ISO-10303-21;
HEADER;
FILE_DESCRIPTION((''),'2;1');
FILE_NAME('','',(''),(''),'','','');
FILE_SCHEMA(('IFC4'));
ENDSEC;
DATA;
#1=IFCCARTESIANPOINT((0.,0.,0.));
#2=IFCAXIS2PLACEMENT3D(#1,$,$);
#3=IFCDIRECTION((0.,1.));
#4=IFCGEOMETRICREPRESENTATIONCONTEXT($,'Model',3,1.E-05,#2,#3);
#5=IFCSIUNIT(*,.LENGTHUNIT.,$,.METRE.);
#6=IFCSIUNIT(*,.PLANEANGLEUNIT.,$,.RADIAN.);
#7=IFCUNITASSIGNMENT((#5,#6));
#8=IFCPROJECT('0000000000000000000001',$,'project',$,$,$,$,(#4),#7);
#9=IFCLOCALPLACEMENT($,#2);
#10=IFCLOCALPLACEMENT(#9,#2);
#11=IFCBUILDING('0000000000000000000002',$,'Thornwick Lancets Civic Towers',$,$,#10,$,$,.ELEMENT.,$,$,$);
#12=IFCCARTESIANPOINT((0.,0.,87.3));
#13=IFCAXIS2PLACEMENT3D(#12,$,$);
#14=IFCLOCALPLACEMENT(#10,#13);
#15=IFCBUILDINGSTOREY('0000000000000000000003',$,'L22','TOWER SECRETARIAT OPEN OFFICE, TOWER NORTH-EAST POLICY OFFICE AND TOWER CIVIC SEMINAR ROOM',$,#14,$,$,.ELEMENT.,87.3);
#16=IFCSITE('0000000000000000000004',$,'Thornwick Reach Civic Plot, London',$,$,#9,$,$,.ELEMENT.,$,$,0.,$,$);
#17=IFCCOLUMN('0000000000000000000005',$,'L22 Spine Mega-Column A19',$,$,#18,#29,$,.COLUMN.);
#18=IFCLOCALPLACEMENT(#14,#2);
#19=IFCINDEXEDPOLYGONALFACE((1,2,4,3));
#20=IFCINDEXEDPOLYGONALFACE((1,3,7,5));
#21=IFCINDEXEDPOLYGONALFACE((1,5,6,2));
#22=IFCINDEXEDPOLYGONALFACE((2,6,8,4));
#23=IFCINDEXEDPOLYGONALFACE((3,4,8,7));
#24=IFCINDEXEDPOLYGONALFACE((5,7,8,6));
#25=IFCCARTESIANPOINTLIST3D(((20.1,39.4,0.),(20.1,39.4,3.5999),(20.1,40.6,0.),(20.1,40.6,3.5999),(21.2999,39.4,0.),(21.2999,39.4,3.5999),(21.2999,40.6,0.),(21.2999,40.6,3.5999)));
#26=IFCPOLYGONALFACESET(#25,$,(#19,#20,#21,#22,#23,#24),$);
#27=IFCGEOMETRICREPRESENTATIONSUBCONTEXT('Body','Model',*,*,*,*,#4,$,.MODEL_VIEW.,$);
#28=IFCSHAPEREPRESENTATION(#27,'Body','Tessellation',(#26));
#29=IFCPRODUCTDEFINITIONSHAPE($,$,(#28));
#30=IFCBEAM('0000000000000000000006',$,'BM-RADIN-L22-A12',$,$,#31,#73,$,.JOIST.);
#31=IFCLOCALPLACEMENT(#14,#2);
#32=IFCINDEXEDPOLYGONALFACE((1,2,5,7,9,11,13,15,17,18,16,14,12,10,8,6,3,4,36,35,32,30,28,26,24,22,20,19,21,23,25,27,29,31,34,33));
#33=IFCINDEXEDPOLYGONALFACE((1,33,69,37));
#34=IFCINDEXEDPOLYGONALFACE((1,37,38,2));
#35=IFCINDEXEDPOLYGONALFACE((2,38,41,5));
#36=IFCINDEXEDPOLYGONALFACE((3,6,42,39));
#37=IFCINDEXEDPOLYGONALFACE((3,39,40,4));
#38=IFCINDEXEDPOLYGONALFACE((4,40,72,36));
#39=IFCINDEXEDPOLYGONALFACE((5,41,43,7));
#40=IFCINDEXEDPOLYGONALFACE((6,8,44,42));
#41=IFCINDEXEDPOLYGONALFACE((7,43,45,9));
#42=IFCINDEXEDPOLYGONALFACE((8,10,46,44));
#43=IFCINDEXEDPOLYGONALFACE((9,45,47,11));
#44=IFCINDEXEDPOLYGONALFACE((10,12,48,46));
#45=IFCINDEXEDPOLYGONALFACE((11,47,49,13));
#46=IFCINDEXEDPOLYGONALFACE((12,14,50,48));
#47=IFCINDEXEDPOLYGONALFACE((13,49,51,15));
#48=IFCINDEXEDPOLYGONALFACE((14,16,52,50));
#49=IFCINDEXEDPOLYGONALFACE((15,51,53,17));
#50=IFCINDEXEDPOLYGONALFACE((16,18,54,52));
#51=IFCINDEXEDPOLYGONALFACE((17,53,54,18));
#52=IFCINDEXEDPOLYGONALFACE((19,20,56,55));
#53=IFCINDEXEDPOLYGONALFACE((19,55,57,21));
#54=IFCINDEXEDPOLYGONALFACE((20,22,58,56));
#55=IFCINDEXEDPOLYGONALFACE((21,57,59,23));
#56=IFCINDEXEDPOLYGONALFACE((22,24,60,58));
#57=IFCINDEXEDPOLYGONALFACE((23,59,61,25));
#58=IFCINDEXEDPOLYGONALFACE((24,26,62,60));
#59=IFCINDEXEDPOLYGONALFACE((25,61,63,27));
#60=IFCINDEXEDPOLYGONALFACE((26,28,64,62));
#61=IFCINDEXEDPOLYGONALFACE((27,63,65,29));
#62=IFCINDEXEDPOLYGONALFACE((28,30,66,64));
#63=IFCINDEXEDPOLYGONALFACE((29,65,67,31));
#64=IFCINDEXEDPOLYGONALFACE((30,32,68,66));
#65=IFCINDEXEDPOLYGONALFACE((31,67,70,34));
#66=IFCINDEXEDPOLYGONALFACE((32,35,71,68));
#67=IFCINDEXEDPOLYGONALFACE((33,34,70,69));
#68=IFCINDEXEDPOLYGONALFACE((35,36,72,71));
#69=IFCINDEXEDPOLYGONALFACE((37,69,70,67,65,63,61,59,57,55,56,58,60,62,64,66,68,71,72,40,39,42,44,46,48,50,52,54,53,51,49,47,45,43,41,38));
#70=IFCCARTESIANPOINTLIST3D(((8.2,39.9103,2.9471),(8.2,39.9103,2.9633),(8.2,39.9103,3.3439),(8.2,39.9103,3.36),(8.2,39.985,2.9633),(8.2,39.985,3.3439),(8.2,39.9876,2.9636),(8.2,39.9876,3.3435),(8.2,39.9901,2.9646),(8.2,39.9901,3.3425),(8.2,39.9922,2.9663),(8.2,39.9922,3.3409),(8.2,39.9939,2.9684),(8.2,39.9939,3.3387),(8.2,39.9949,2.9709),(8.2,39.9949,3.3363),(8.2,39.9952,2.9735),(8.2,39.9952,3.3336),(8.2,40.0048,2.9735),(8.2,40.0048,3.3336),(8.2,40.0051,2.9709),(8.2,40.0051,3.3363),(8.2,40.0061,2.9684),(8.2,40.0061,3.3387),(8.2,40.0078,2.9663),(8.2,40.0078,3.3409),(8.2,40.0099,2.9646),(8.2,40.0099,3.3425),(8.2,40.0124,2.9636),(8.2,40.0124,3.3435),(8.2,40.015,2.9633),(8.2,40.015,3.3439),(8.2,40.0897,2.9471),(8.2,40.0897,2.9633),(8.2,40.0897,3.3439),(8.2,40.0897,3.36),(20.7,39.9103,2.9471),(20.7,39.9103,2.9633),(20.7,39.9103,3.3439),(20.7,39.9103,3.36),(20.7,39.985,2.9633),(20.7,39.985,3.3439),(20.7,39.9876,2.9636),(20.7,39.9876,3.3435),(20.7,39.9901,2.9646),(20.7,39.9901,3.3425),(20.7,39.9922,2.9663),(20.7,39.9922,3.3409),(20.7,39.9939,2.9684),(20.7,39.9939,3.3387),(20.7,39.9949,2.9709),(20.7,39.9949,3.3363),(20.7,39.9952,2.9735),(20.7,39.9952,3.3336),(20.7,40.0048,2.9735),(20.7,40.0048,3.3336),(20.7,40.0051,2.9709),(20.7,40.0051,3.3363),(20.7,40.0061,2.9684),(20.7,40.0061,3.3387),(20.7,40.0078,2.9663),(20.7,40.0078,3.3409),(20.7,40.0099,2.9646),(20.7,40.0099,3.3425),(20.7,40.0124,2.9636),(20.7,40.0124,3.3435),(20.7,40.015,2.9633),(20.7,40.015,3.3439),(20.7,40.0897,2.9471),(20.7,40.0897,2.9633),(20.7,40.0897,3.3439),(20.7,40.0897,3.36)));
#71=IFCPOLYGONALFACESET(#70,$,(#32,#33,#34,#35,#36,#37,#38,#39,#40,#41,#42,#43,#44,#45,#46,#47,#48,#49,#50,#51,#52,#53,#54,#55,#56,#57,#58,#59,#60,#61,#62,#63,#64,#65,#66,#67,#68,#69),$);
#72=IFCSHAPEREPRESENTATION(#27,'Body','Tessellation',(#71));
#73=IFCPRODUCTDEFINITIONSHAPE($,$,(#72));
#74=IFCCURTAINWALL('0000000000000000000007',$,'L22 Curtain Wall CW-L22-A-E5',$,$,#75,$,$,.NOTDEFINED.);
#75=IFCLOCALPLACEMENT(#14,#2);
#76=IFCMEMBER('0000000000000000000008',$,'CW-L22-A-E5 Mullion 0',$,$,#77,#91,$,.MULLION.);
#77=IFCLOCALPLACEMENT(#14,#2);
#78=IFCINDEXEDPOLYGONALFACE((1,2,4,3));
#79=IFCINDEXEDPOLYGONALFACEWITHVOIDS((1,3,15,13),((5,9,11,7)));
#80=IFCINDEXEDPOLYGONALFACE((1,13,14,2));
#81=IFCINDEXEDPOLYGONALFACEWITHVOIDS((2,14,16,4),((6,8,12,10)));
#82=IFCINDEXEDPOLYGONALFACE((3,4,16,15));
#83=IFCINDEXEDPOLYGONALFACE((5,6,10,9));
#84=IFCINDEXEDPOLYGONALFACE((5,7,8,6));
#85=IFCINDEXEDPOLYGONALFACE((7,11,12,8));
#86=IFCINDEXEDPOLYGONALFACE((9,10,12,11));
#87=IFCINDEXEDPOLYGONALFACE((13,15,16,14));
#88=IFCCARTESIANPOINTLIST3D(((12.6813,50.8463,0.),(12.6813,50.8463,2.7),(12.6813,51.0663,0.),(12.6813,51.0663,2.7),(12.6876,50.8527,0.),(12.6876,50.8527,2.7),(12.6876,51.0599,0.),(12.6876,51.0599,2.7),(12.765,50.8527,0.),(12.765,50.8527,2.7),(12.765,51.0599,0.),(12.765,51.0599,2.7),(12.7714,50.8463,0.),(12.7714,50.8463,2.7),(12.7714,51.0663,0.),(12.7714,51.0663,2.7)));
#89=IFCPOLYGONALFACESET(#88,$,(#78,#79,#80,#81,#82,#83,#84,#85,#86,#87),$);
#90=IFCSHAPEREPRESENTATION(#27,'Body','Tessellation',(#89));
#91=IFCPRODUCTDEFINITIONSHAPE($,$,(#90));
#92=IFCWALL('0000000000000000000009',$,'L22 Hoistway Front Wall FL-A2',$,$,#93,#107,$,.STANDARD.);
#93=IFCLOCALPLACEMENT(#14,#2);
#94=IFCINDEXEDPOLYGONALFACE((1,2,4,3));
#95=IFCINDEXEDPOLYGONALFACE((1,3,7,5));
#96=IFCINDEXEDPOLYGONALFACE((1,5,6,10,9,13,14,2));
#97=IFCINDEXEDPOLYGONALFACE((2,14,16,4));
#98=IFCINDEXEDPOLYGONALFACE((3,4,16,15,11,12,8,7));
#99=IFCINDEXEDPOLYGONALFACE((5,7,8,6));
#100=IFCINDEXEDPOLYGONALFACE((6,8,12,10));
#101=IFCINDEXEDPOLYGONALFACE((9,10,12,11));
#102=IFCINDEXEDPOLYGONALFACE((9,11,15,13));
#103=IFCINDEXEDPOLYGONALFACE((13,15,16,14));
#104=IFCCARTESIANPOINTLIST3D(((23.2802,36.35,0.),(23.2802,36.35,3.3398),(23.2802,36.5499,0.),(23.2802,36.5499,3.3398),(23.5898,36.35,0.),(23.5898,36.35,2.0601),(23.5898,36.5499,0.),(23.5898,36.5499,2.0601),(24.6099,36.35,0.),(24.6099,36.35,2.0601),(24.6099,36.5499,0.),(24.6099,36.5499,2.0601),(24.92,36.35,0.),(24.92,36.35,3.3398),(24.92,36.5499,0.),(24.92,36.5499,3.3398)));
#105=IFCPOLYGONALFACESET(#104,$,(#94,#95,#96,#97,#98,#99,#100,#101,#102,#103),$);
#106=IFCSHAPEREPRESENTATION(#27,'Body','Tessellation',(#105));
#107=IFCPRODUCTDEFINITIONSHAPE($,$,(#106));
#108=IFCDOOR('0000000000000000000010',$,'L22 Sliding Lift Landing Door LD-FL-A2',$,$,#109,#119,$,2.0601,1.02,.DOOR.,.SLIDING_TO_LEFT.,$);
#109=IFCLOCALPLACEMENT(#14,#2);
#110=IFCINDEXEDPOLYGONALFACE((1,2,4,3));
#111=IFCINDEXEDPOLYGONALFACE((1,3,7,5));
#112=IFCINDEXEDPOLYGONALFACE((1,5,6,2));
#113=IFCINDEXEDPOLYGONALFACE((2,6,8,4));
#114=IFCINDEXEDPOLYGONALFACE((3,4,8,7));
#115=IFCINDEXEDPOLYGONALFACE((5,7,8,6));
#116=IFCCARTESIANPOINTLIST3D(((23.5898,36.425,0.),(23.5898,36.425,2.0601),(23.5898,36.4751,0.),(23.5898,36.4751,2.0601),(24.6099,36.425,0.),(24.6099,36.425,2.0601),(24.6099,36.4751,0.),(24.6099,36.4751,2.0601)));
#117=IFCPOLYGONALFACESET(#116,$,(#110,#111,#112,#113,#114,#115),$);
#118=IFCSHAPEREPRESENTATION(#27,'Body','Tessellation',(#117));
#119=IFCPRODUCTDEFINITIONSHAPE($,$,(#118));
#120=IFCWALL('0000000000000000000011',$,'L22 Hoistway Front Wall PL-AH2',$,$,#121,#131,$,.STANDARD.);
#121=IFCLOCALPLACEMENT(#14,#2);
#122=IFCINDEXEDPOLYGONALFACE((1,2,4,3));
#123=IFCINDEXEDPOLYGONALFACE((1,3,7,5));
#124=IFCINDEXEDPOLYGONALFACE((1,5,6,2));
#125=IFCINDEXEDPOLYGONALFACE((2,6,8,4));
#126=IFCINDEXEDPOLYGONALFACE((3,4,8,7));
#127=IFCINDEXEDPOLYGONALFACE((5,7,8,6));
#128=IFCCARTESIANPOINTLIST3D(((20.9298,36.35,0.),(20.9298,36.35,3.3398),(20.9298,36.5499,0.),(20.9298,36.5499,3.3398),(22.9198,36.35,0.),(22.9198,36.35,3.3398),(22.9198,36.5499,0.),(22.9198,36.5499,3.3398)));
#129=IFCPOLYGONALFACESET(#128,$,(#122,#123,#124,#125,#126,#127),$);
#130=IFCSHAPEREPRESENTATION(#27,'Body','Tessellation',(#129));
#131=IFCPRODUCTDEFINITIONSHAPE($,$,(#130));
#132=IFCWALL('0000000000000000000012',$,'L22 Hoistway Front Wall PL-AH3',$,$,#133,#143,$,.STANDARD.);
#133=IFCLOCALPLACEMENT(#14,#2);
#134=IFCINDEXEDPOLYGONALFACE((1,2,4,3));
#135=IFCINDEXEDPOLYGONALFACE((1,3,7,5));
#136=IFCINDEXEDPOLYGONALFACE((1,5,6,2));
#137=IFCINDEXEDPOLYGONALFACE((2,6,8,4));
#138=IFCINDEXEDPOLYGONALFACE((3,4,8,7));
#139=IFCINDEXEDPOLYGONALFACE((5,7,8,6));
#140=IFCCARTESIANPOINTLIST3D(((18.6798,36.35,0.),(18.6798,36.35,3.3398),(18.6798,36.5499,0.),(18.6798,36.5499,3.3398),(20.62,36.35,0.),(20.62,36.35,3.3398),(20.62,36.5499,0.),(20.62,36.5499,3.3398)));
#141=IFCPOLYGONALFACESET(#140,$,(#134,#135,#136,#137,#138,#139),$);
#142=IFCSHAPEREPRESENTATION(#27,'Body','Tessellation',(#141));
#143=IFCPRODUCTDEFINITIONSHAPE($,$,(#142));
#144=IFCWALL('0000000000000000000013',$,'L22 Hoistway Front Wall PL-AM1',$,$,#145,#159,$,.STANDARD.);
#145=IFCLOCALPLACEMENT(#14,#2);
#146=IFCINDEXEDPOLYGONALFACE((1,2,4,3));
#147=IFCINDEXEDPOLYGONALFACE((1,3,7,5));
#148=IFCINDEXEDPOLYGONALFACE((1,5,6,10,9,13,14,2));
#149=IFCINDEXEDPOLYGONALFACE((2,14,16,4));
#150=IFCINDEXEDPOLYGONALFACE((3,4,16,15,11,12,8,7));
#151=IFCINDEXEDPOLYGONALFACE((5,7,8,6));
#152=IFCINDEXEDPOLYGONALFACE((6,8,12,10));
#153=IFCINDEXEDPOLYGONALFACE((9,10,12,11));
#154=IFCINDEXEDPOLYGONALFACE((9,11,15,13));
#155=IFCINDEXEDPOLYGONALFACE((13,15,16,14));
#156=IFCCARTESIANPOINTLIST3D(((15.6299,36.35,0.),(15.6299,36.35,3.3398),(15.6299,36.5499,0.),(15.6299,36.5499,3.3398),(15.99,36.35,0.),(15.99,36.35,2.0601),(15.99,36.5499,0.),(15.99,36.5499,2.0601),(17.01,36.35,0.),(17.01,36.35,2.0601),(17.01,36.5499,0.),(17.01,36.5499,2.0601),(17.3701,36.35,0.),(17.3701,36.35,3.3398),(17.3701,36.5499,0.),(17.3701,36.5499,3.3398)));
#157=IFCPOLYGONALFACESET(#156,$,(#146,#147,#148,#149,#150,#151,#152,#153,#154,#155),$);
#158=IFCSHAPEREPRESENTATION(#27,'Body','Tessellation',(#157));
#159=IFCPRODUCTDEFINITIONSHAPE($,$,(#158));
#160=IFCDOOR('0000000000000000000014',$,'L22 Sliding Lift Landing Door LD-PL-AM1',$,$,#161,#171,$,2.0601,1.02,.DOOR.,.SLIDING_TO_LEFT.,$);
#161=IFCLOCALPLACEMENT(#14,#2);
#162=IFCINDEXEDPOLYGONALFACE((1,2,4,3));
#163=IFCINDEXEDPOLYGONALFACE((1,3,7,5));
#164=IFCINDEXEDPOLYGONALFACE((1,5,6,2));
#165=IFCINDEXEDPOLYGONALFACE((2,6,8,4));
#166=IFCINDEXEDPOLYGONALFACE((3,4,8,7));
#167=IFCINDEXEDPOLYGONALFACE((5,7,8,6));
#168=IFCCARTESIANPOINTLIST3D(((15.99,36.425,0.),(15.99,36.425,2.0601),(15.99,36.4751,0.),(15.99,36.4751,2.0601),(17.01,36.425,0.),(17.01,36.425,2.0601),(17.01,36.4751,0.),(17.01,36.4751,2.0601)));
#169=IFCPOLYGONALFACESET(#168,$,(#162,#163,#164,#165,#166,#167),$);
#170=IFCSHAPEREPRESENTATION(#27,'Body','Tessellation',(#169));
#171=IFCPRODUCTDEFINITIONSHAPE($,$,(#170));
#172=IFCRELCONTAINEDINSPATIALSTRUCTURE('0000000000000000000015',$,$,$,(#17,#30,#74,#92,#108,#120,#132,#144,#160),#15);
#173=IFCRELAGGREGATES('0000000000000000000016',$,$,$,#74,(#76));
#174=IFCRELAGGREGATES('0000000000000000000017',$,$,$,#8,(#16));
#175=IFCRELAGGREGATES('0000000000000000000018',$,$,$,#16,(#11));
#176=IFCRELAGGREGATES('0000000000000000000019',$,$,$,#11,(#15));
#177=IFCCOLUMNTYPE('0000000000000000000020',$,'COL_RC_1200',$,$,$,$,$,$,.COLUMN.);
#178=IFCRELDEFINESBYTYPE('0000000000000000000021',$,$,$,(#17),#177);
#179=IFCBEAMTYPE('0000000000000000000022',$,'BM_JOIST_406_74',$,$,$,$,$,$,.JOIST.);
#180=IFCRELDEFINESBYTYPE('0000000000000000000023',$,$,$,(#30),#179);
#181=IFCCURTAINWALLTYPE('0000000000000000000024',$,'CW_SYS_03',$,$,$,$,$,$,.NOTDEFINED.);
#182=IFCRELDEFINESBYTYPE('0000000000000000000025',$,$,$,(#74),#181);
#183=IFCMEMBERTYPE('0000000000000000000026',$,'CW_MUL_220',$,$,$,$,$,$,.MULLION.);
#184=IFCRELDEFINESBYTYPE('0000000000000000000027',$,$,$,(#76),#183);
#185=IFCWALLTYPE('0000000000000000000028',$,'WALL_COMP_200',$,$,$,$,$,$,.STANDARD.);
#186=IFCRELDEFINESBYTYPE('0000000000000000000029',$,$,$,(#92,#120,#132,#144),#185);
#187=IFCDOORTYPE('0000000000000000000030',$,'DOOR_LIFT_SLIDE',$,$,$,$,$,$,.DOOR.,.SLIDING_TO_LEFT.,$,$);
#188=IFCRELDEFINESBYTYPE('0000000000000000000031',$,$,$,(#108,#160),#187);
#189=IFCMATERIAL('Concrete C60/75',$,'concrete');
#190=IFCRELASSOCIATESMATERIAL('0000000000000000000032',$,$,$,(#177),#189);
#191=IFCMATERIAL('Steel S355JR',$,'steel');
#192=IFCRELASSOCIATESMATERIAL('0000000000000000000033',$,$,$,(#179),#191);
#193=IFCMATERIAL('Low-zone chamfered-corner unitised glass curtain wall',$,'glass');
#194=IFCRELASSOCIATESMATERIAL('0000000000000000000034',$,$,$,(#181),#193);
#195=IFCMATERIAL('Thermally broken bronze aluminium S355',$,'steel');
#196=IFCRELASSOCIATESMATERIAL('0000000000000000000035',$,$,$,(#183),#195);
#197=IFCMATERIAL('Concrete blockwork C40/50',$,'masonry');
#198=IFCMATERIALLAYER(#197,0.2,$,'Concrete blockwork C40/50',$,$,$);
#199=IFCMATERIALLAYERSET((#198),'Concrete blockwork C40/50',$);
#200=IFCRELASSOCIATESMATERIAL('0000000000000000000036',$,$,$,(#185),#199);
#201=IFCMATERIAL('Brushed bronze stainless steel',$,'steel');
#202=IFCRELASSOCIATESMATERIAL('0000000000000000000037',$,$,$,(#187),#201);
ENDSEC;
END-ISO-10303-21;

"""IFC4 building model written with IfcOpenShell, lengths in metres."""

from ifc_helpers import new_model, si_unit, direction, frame, frame_2d, origin, origin_2d, place, context, subcontext, project, spatial, rectangle, hollow_rectangle, i_section, extrude, material, layer, layer_set, material_profile, profile_set, type_object, element, fill, aggregate, save


model = new_model("IFC4")

# Units and contexts
model_context = context("Model", 3, precision=1e-05, world=origin(), true_north=direction((0.0, 1.0)))
body_context = subcontext(model_context, "Body", "Model", "MODEL_VIEW")
ifc_project = project(units=[si_unit("LENGTHUNIT", "METRE"), si_unit("PLANEANGLEUNIT", "RADIAN")], contexts=[model_context])

# Site, building, storey
site_placement = place(None, origin())
site = spatial("IfcSite", under=ifc_project, at=site_placement, Name="Thornwick Reach Civic Plot, London", CompositionType="ELEMENT", RefElevation=0.0)
building_placement = place(site_placement, origin())
building = spatial("IfcBuilding", under=site, at=building_placement, Name="Thornwick Lancets Civic Towers", CompositionType="ELEMENT")
storey_placement = place(building_placement, frame((0.0, 0.0, 87.3)))
storey = spatial("IfcBuildingStorey", under=building, at=storey_placement, Name="L22", Description="TOWER SECRETARIAT OPEN OFFICE, TOWER NORTH-EAST POLICY OFFICE AND TOWER CIVIC SEMINAR ROOM", CompositionType="ELEMENT", Elevation=87.3)

# Column
ifc_material_1 = material(Name="Concrete C60/75", Category="concrete")
ifc_material_profile_1 = material_profile(ifc_material_1, rectangle(XDim=1.2, YDim=1.2, at=origin_2d()), Name="RC 1200x1200")
ifc_profile_set_1 = profile_set([ifc_material_profile_1], Name="Concrete C60/75")
column_type = type_object("IfcColumnType", Name="COL_RC_1200", PredefinedType="COLUMN", material=ifc_profile_set_1)
column_placement = place(storey_placement, frame((20.7, 40.0, 0.0), z_axis=(0.0, 0.0, 1.0), x_axis=(1.0, 0.0, 0.0)))
element("IfcColumn", 1, at=column_placement, inside=storey, type_object=column_type, Name="L22 Spine Mega-Column A19", PredefinedType="COLUMN", context=body_context, shape_type="SweptSolid", body=[
    extrude(rectangle(XDim=1.2, YDim=1.2, at=origin_2d()), origin(), (0.0, 0.0, 1.0), 3.5999),
])

# Beam
ifc_material_2 = material(Name="Steel S355JR", Category="steel")
ifc_material_profile_2 = material_profile(ifc_material_2, i_section(OverallWidth=0.1794, OverallDepth=0.4128, WebThickness=0.0095, FlangeThickness=0.0161, FilletRadius=0.0103, at=origin_2d()), Name="UKB 406x178x74")
ifc_profile_set_2 = profile_set([ifc_material_profile_2], Name="Steel S355JR")
beam_type = type_object("IfcBeamType", Name="BM_JOIST_406_74", PredefinedType="JOIST", material=ifc_profile_set_2)
beam_placement = place(storey_placement, frame((20.7, 40.0, 3.1536), z_axis=(-1.0, 0.0, 0.0), x_axis=(0.0, -1.0, 0.0)))
element("IfcBeam", 2, at=beam_placement, inside=storey, type_object=beam_type, Name="BM-RADIN-L22-A12", PredefinedType="JOIST", context=body_context, shape_type="SweptSolid", body=[
    extrude(i_section(OverallWidth=0.1794, OverallDepth=0.4128, WebThickness=0.0095, FlangeThickness=0.0161, FilletRadius=0.0103, at=origin_2d()), origin(), (0.0, 0.0, 1.0), 12.5),
])

# Curtain wall, member
ifc_material_3 = material(Name="Low-zone chamfered-corner unitised glass curtain wall", Category="glass")
curtain_wall_type = type_object("IfcCurtainWallType", Name="CW_SYS_03", PredefinedType="NOTDEFINED", material=ifc_material_3)
curtain_wall_placement = place(storey_placement, origin())
curtain_wall = element("IfcCurtainWall", 3, at=curtain_wall_placement, inside=storey, type_object=curtain_wall_type, Name="L22 Curtain Wall CW-L22-A-E5", PredefinedType="NOTDEFINED")
ifc_material_4 = material(Name="Thermally broken bronze aluminium S355", Category="steel")
ifc_material_profile_3 = material_profile(ifc_material_4, hollow_rectangle(XDim=0.0901, YDim=0.22, WallThickness=0.0063, at=origin_2d()), Name="RHS 220x90x6.3")
ifc_profile_set_3 = profile_set([ifc_material_profile_3], Name="Thermally broken bronze aluminium S355")
member_type = type_object("IfcMemberType", Name="CW_MUL_220", PredefinedType="MULLION", material=ifc_profile_set_3)
member_placement = place(storey_placement, frame((12.7263, 50.9563, 0.0), z_axis=(0.0, 0.0, 1.0), x_axis=(1.0, 0.0, 0.0)))
member = element("IfcMember", 4, at=member_placement, type_object=member_type, Name="CW-L22-A-E5 Mullion 0", PredefinedType="MULLION", context=body_context, shape_type="SweptSolid", body=[
    extrude(hollow_rectangle(XDim=0.0901, YDim=0.22, WallThickness=0.0063, at=origin_2d()), origin(), (0.0, 0.0, 1.0), 2.7),
])
aggregate(curtain_wall, [member])

# Wall, opening, door
ifc_material_5 = material(Name="Concrete blockwork C40/50", Category="masonry")
ifc_layer_1 = layer(ifc_material_5, 0.2, Name="Concrete blockwork C40/50")
ifc_layer_set_1 = layer_set([ifc_layer_1], Name="Concrete blockwork C40/50")
wall_type_1 = type_object("IfcWallType", Name="WALL_COMP_200", PredefinedType="STANDARD", material=ifc_layer_set_1)
wall_1_placement = place(storey_placement, frame((24.9199, 36.45, 0.0), z_axis=(0.0, 0.0, 1.0), x_axis=(-1.0, 0.0, 0.0)))
wall_1 = element("IfcWall", 5, at=wall_1_placement, inside=storey, type_object=wall_type_1, Name="L22 Hoistway Front Wall FL-A2", PredefinedType="STANDARD", context=body_context, shape_type="SweptSolid", body=[
    extrude(rectangle(XDim=1.6399, YDim=0.2, at=frame_2d((0.8198, 0.0))), origin(), (0.0, 0.0, 1.0), 3.3398),
])
opening_1_placement = place(wall_1_placement, frame((0.3101, 0.0, 0.0)))
opening_1 = element("IfcOpeningElement", 6, at=opening_1_placement, cuts=wall_1, PredefinedType="OPENING", context=body_context, shape_type="SweptSolid", body=[
    extrude(rectangle(XDim=1.02, YDim=2.0601, at=frame_2d((0.51, 1.03))), frame((0.0, 0.1099, 0.0), z_axis=(0.0, -1.0, 0.0), x_axis=(1.0, 0.0, 0.0)), (0.0, 0.0, 1.0), 0.22),
])
ifc_material_6 = material(Name="Brushed bronze stainless steel", Category="steel")
door_type_1 = type_object("IfcDoorType", Name="DOOR_LIFT_SLIDE", OperationType="SLIDING_TO_LEFT", PredefinedType="DOOR", material=ifc_material_6)
door_1_placement = place(opening_1_placement, origin())
door_1 = element("IfcDoor", 7, at=door_1_placement, inside=storey, type_object=door_type_1, Name="L22 Sliding Lift Landing Door LD-FL-A2", OperationType="SLIDING_TO_LEFT", OverallHeight=2.0601, OverallWidth=1.02, PredefinedType="DOOR", context=body_context, shape_type="SweptSolid", body=[
    extrude(rectangle(XDim=1.02, YDim=2.0601, at=frame_2d((0.51, 1.03))), frame((0.0, 0.0249, 0.0), z_axis=(0.0, -1.0, 0.0), x_axis=(1.0, 0.0, 0.0)), (0.0, 0.0, 1.0), 0.05),
])
fill(opening_1, door_1)

# Walls
wall_2_placement = place(storey_placement, frame((22.9199, 36.45, 0.0), z_axis=(0.0, 0.0, 1.0), x_axis=(-1.0, 0.0, 0.0)))
element("IfcWall", 8, at=wall_2_placement, inside=storey, type_object=wall_type_1, Name="L22 Hoistway Front Wall PL-AH2", PredefinedType="STANDARD", context=body_context, shape_type="SweptSolid", body=[
    extrude(rectangle(XDim=1.99, YDim=0.2, at=frame_2d((0.9951, 0.0))), origin(), (0.0, 0.0, 1.0), 3.3398),
])
wall_3_placement = place(storey_placement, frame((20.6201, 36.45, 0.0), z_axis=(0.0, 0.0, 1.0), x_axis=(-1.0, 0.0, 0.0)))
element("IfcWall", 9, at=wall_3_placement, inside=storey, type_object=wall_type_1, Name="L22 Hoistway Front Wall PL-AH3", PredefinedType="STANDARD", context=body_context, shape_type="SweptSolid", body=[
    extrude(rectangle(XDim=1.9402, YDim=0.2, at=frame_2d((0.9702, 0.0))), origin(), (0.0, 0.0, 1.0), 3.3398),
])

# Wall, opening, door
wall_4_placement = place(storey_placement, frame((17.3701, 36.45, 0.0), z_axis=(0.0, 0.0, 1.0), x_axis=(-1.0, 0.0, 0.0)))
wall_4 = element("IfcWall", 10, at=wall_4_placement, inside=storey, type_object=wall_type_1, Name="L22 Hoistway Front Wall PL-AM1", PredefinedType="STANDARD", context=body_context, shape_type="SweptSolid", body=[
    extrude(rectangle(XDim=1.7402, YDim=0.2, at=frame_2d((0.8701, 0.0))), origin(), (0.0, 0.0, 1.0), 3.3398),
])
opening_2_placement = place(wall_4_placement, frame((0.3601, 0.0, 0.0)))
opening_2 = element("IfcOpeningElement", 11, at=opening_2_placement, cuts=wall_4, PredefinedType="OPENING", context=body_context, shape_type="SweptSolid", body=[
    extrude(rectangle(XDim=1.02, YDim=2.0601, at=frame_2d((0.51, 1.03))), frame((0.0, 0.1099, 0.0), z_axis=(0.0, -1.0, 0.0), x_axis=(1.0, 0.0, 0.0)), (0.0, 0.0, 1.0), 0.22),
])
door_2_placement = place(opening_2_placement, origin())
door_2 = element("IfcDoor", 12, at=door_2_placement, inside=storey, type_object=door_type_1, Name="L22 Sliding Lift Landing Door LD-PL-AM1", OperationType="SLIDING_TO_LEFT", OverallHeight=2.0601, OverallWidth=1.02, PredefinedType="DOOR", context=body_context, shape_type="SweptSolid", body=[
    extrude(rectangle(XDim=1.02, YDim=2.0601, at=frame_2d((0.51, 1.03))), frame((0.0, 0.0249, 0.0), z_axis=(0.0, -1.0, 0.0), x_axis=(1.0, 0.0, 0.0)), (0.0, 0.0, 1.0), 0.05),
])
fill(opening_2, door_2)

save(model, "model.ifc")
